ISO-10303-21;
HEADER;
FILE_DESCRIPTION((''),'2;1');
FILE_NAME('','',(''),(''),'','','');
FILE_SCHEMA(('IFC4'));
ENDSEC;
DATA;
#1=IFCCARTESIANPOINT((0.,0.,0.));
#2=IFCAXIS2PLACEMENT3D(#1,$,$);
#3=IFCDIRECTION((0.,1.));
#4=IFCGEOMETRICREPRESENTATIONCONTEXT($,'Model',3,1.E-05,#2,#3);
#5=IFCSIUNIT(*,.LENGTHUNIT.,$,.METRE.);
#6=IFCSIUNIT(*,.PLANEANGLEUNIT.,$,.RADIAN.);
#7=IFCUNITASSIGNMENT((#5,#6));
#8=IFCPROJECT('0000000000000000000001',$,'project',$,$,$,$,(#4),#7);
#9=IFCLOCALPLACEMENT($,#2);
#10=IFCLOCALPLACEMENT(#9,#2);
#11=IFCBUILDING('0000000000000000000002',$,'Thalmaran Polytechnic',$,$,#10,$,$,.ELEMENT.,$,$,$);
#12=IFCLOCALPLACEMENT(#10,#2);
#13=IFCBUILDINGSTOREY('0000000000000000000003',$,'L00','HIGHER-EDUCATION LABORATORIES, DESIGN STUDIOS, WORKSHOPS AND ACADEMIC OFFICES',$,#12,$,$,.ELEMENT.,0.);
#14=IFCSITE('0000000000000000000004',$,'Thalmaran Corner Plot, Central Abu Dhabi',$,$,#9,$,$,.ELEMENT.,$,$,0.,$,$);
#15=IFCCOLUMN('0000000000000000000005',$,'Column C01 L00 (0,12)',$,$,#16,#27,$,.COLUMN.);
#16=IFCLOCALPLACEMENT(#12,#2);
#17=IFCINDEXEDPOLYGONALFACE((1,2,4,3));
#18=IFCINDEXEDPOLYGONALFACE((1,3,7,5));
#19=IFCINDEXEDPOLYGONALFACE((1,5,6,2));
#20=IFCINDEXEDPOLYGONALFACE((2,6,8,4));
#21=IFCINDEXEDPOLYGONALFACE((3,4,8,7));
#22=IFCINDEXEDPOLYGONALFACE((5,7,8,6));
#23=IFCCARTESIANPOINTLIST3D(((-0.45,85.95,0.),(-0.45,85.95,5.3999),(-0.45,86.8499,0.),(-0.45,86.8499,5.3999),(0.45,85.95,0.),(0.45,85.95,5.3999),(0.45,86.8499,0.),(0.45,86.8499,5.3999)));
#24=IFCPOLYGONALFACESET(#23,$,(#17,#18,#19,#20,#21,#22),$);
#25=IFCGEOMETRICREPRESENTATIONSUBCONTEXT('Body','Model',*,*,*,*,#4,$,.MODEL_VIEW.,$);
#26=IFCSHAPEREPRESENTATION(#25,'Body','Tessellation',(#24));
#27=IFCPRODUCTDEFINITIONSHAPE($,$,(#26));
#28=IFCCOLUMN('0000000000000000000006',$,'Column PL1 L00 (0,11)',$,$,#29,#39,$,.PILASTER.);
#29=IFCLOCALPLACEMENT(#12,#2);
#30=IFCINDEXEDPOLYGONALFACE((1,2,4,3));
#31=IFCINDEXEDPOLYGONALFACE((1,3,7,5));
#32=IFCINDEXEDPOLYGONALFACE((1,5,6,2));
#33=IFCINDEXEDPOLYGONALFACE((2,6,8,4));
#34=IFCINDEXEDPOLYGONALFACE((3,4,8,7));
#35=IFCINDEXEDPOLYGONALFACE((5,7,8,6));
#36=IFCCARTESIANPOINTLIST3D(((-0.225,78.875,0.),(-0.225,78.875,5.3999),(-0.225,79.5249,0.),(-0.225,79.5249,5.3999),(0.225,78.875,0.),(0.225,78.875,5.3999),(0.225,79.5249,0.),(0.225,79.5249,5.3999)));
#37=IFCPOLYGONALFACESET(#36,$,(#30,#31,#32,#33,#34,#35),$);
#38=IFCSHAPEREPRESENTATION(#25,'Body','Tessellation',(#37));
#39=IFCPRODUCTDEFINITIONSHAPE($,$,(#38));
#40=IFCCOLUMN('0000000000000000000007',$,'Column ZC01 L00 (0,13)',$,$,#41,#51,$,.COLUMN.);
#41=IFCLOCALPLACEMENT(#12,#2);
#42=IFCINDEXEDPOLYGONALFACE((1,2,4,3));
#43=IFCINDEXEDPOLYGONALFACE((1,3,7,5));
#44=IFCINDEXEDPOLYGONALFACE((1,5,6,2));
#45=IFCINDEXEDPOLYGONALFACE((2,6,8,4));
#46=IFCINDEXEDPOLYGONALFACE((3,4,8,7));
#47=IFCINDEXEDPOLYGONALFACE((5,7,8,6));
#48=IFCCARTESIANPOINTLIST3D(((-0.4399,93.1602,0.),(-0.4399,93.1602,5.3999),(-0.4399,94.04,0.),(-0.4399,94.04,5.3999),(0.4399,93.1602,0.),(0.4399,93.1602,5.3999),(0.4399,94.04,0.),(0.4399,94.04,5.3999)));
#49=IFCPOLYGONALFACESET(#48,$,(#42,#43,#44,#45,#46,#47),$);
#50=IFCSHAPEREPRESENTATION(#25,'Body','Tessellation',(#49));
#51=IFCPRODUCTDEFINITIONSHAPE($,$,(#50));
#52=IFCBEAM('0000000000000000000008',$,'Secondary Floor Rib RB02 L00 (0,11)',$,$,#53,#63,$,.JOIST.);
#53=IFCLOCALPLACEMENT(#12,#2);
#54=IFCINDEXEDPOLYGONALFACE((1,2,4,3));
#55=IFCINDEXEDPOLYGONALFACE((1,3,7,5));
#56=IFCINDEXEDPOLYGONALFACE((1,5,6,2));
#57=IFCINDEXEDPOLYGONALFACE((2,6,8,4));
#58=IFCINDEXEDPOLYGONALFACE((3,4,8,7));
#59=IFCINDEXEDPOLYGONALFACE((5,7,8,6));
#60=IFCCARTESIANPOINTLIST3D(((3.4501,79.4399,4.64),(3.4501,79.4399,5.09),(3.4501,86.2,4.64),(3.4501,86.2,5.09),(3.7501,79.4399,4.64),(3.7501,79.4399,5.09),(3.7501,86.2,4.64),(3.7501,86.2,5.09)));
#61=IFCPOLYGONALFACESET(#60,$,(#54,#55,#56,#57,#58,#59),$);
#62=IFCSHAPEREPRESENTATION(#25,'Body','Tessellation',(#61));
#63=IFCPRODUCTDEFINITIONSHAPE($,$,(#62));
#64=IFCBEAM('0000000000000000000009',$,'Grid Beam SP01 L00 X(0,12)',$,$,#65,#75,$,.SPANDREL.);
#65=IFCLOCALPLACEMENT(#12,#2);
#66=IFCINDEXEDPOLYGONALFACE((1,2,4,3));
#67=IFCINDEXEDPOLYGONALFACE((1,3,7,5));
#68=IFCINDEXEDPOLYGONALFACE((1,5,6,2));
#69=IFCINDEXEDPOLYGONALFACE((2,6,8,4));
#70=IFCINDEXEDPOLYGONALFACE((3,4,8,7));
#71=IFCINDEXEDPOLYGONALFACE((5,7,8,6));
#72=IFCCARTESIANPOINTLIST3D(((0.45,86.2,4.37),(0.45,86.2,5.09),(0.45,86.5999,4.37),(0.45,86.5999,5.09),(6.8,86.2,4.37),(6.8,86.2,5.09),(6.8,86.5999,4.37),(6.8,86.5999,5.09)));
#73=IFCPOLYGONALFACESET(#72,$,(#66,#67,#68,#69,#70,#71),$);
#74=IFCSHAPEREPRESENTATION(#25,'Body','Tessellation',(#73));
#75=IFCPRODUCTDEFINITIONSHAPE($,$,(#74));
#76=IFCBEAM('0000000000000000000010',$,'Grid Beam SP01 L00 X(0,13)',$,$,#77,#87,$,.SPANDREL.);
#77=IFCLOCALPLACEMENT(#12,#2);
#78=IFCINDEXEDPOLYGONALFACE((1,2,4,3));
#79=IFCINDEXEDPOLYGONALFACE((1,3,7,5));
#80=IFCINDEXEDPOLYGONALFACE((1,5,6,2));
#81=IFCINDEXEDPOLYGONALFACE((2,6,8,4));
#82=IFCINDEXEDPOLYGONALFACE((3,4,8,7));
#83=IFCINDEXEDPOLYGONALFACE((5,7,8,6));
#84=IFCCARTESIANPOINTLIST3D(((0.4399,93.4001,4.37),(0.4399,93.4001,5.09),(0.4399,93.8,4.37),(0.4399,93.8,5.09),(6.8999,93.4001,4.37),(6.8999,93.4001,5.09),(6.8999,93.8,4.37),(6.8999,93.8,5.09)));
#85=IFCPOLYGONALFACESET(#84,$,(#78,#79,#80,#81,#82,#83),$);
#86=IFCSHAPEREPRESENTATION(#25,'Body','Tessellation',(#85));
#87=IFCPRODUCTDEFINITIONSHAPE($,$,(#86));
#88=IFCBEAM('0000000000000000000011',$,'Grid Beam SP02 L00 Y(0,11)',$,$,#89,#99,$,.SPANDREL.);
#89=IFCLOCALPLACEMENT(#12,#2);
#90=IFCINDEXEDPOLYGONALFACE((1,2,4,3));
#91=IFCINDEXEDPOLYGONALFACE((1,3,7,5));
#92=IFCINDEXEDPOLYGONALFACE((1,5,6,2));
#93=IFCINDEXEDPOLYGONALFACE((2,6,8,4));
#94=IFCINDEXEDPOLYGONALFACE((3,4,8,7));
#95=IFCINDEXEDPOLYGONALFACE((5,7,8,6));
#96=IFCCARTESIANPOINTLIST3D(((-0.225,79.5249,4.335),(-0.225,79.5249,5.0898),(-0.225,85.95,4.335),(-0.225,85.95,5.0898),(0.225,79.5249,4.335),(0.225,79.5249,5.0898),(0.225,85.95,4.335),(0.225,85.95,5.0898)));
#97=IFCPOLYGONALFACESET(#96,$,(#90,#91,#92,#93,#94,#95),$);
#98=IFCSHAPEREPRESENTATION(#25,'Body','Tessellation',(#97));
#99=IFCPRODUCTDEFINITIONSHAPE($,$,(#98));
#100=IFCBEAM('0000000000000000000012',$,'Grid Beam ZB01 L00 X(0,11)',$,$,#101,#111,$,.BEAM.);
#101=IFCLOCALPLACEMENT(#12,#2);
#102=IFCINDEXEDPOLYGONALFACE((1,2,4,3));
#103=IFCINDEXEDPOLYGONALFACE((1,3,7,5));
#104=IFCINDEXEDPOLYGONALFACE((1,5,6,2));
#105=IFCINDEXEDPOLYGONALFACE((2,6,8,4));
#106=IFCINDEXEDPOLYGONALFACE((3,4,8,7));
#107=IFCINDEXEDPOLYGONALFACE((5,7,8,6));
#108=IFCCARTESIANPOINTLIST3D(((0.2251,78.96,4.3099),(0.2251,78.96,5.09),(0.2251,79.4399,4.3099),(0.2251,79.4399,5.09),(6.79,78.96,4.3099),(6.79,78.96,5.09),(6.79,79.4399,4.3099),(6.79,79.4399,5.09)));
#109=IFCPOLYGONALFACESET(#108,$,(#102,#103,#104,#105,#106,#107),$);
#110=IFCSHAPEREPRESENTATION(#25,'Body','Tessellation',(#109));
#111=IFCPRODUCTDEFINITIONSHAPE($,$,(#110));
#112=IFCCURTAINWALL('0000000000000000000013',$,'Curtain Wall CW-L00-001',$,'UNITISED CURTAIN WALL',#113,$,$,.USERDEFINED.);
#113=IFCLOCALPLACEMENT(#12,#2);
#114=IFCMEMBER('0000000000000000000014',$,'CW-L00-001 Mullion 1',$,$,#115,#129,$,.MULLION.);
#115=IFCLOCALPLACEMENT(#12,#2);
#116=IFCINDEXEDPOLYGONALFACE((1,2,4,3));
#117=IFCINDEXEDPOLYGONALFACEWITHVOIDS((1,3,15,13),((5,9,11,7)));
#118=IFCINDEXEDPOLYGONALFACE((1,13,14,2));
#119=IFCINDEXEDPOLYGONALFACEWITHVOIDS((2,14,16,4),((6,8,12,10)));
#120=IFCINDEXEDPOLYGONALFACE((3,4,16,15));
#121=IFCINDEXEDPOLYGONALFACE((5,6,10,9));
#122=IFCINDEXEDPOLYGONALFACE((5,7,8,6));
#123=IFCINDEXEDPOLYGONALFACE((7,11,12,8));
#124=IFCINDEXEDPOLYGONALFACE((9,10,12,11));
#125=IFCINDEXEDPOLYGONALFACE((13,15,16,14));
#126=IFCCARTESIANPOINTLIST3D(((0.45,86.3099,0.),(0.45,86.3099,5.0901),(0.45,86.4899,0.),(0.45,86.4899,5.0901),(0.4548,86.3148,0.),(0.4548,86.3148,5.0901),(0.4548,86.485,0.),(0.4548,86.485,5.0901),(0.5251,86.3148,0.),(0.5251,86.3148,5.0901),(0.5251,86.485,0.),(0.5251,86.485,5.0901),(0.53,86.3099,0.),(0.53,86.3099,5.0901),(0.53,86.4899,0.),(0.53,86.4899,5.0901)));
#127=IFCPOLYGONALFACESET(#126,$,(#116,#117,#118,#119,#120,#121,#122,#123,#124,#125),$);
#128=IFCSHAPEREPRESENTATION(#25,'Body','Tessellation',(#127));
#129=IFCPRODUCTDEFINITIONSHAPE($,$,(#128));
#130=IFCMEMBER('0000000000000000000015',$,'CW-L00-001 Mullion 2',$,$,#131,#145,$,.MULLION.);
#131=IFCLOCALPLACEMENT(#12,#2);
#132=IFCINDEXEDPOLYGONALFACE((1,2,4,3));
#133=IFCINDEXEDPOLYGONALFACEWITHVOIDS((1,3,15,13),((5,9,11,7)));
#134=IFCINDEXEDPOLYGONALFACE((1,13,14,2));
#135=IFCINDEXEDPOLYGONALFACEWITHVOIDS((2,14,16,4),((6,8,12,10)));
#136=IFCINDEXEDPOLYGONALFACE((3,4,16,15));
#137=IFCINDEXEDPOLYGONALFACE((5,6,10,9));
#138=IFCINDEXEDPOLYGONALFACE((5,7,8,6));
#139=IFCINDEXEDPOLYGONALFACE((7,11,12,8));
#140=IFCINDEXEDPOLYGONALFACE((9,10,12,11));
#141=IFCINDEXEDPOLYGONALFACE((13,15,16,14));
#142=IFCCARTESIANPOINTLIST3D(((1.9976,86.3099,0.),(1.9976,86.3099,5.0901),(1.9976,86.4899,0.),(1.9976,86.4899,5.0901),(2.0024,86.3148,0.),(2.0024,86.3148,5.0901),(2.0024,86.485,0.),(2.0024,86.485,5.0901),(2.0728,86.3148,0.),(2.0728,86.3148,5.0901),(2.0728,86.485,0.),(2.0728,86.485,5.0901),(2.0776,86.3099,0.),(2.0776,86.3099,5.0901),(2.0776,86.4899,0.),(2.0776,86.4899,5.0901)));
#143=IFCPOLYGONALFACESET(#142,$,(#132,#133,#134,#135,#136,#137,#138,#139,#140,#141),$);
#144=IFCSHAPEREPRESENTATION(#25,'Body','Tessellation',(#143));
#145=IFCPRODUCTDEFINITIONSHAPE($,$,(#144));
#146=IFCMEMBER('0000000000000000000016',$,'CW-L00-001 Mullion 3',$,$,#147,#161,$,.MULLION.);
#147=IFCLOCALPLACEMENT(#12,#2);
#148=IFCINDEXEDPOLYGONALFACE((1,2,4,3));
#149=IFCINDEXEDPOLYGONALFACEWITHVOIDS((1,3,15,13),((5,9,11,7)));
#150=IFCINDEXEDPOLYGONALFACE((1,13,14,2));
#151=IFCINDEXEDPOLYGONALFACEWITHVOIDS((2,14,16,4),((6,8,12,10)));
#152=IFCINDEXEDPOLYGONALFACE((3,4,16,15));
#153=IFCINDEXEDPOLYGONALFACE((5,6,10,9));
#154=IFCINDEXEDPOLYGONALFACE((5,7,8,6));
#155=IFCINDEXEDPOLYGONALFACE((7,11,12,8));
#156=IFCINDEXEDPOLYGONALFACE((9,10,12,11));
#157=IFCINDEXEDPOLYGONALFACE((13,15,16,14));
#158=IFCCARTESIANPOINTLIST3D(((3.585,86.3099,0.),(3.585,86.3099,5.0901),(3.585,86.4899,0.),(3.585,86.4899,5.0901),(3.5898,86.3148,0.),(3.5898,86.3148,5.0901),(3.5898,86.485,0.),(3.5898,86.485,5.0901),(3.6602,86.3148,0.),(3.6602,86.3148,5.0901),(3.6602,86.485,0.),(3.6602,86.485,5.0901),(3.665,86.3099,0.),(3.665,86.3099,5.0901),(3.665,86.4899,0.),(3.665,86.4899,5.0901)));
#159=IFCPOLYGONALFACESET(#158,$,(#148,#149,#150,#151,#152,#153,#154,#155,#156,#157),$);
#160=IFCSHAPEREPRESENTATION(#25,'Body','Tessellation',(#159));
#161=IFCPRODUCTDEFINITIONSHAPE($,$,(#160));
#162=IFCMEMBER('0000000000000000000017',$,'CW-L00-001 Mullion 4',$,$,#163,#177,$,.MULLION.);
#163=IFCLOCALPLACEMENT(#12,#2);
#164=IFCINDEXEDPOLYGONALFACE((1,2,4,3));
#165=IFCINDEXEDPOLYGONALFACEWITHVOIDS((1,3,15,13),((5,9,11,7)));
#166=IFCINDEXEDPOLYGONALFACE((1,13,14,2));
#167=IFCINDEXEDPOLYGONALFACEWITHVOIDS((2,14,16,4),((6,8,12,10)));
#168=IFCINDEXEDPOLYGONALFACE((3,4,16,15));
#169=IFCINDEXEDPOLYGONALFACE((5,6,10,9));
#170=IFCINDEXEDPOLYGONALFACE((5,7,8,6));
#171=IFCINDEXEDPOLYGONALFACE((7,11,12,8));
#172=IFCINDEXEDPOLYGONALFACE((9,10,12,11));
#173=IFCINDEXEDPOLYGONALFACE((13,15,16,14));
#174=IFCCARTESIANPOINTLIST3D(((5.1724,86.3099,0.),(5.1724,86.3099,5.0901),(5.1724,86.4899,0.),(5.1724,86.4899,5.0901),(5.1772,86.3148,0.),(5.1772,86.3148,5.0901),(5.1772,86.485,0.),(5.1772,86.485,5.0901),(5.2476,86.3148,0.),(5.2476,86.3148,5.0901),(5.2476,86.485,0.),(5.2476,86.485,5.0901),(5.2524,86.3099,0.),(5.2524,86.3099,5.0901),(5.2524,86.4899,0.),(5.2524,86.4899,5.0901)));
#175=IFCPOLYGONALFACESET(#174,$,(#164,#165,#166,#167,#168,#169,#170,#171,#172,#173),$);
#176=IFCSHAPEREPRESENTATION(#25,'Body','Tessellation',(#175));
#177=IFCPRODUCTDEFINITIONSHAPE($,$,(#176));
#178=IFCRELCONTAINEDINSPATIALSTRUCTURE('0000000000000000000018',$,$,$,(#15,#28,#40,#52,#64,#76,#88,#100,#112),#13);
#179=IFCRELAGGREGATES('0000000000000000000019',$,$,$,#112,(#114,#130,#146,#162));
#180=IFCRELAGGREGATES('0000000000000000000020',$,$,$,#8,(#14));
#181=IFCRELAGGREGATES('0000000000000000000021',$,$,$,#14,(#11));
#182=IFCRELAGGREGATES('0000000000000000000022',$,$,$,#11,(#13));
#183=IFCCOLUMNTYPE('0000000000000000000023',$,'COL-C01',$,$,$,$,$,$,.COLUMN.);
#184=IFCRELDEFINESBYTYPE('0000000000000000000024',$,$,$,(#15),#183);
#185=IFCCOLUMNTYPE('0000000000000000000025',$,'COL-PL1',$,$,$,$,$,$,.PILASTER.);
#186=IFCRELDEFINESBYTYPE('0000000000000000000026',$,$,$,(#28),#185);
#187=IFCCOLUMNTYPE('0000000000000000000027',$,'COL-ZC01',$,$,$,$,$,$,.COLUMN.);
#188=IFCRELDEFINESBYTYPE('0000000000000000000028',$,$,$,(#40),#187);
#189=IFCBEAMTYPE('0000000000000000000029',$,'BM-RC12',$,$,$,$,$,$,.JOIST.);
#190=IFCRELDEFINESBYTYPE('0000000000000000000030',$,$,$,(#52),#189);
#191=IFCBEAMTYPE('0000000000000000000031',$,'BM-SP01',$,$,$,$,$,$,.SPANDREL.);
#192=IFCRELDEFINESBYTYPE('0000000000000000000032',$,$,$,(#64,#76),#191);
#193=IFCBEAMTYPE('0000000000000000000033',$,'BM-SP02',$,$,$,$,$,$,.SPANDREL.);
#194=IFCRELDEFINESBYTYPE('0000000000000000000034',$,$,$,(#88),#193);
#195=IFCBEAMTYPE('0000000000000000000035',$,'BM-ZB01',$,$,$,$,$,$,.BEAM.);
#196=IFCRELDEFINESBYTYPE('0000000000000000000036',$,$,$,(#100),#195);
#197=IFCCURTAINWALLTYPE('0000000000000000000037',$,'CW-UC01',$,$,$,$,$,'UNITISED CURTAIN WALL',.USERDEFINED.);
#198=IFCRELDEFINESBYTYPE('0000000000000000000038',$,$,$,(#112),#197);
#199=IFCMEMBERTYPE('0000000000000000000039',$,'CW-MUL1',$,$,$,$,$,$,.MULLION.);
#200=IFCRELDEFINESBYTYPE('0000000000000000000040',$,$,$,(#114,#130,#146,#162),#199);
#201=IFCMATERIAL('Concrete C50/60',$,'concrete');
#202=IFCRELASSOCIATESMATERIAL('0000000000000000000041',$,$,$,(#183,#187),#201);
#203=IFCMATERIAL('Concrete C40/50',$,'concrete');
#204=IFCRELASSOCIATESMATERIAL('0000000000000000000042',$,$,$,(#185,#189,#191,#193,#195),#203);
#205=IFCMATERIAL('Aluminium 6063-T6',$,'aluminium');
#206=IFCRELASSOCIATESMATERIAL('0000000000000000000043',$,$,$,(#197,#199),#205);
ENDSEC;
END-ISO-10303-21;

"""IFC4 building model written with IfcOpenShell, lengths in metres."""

from ifc_helpers import new_model, si_unit, direction, frame, origin, origin_2d, place, context, subcontext, project, spatial, rectangle, hollow_rectangle, extrude, material, material_profile, profile_set, type_object, element, aggregate, save


model = new_model("IFC4")

# Units and contexts
model_context = context("Model", 3, precision=1e-05, world=origin(), true_north=direction((0.0, 1.0)))
body_context = subcontext(model_context, "Body", "Model", "MODEL_VIEW")
ifc_project = project(units=[si_unit("LENGTHUNIT", "METRE"), si_unit("PLANEANGLEUNIT", "RADIAN")], contexts=[model_context])

# Site, building, storey
site_placement = place(None, origin())
site = spatial("IfcSite", under=ifc_project, at=site_placement, Name="Thalmaran Corner Plot, Central Abu Dhabi", CompositionType="ELEMENT", RefElevation=0.0)
building_placement = place(site_placement, origin())
building = spatial("IfcBuilding", under=site, at=building_placement, Name="Thalmaran Polytechnic", CompositionType="ELEMENT")
storey_placement = place(building_placement, origin())
storey = spatial("IfcBuildingStorey", under=building, at=storey_placement, Name="L00", Description="HIGHER-EDUCATION LABORATORIES, DESIGN STUDIOS, WORKSHOPS AND ACADEMIC OFFICES", CompositionType="ELEMENT", Elevation=0.0)

# Columns
ifc_material_1 = material(Name="Concrete C50/60", Category="concrete")
ifc_material_profile_1 = material_profile(ifc_material_1, rectangle(XDim=0.8999, YDim=0.8999, at=origin_2d()), Name="RC 900x900")
ifc_profile_set_1 = profile_set([ifc_material_profile_1], Name="Concrete C50/60")
column_type_1 = type_object("IfcColumnType", Name="COL-C01", PredefinedType="COLUMN", material=ifc_profile_set_1)
column_1_placement = place(storey_placement, frame((0.0, 86.3999, 0.0), z_axis=(0.0, 0.0, 1.0), x_axis=(1.0, 0.0, 0.0)))
element("IfcColumn", 1, at=column_1_placement, inside=storey, type_object=column_type_1, Name="Column C01 L00 (0,12)", PredefinedType="COLUMN", context=body_context, shape_type="SweptSolid", body=[
    extrude(rectangle(XDim=0.8999, YDim=0.8999, at=origin_2d()), origin(), (0.0, 0.0, 1.0), 5.3999),
])
ifc_material_2 = material(Name="Concrete C40/50", Category="concrete")
ifc_material_profile_2 = material_profile(ifc_material_2, rectangle(XDim=0.45, YDim=0.6499, at=origin_2d()), Name="RC 450x650")
ifc_profile_set_2 = profile_set([ifc_material_profile_2], Name="Concrete C40/50")
column_type_2 = type_object("IfcColumnType", Name="COL-PL1", PredefinedType="PILASTER", material=ifc_profile_set_2)
column_2_placement = place(storey_placement, frame((0.0, 79.2, 0.0), z_axis=(0.0, 0.0, 1.0), x_axis=(1.0, 0.0, 0.0)))
element("IfcColumn", 2, at=column_2_placement, inside=storey, type_object=column_type_2, Name="Column PL1 L00 (0,11)", PredefinedType="PILASTER", context=body_context, shape_type="SweptSolid", body=[
    extrude(rectangle(XDim=0.45, YDim=0.6499, at=origin_2d()), origin(), (0.0, 0.0, 1.0), 5.3999),
])
ifc_material_profile_3 = material_profile(ifc_material_1, rectangle(XDim=0.8799, YDim=0.8799, at=origin_2d()), Name="RC 880x880")
ifc_profile_set_3 = profile_set([ifc_material_profile_3], Name="Concrete C50/60")
column_type_3 = type_object("IfcColumnType", Name="COL-ZC01", PredefinedType="COLUMN", material=ifc_profile_set_3)
column_3_placement = place(storey_placement, frame((0.0, 93.6001, 0.0), z_axis=(0.0, 0.0, 1.0), x_axis=(1.0, 0.0, 0.0)))
element("IfcColumn", 3, at=column_3_placement, inside=storey, type_object=column_type_3, Name="Column ZC01 L00 (0,13)", PredefinedType="COLUMN", context=body_context, shape_type="SweptSolid", body=[
    extrude(rectangle(XDim=0.8799, YDim=0.8799, at=origin_2d()), origin(), (0.0, 0.0, 1.0), 5.3999),
])

# Beams
ifc_material_profile_4 = material_profile(ifc_material_2, rectangle(XDim=0.3, YDim=0.45, at=origin_2d()), Name="RC 300x450")
ifc_profile_set_4 = profile_set([ifc_material_profile_4], Name="Concrete C40/50")
beam_type_1 = type_object("IfcBeamType", Name="BM-RC12", PredefinedType="JOIST", material=ifc_profile_set_4)
beam_1_placement = place(storey_placement, frame((3.6001, 79.4399, 4.865), z_axis=(0.0, 1.0, 0.0), x_axis=(-1.0, 0.0, 0.0)))
element("IfcBeam", 4, at=beam_1_placement, inside=storey, type_object=beam_type_1, Name="Secondary Floor Rib RB02 L00 (0,11)", PredefinedType="JOIST", context=body_context, shape_type="SweptSolid", body=[
    extrude(rectangle(XDim=0.3, YDim=0.45, at=origin_2d()), origin(), (0.0, 0.0, 1.0), 6.76),
])
ifc_material_profile_5 = material_profile(ifc_material_2, rectangle(XDim=0.3999, YDim=0.72, at=origin_2d()), Name="RC 400x720")
ifc_profile_set_5 = profile_set([ifc_material_profile_5], Name="Concrete C40/50")
beam_type_2 = type_object("IfcBeamType", Name="BM-SP01", PredefinedType="SPANDREL", material=ifc_profile_set_5)
beam_2_placement = place(storey_placement, frame((0.45, 86.3999, 4.73), z_axis=(1.0, 0.0, 0.0), x_axis=(0.0, 1.0, 0.0)))
element("IfcBeam", 5, at=beam_2_placement, inside=storey, type_object=beam_type_2, Name="Grid Beam SP01 L00 X(0,12)", PredefinedType="SPANDREL", context=body_context, shape_type="SweptSolid", body=[
    extrude(rectangle(XDim=0.3999, YDim=0.72, at=origin_2d()), origin(), (0.0, 0.0, 1.0), 6.3501),
])
beam_3_placement = place(storey_placement, frame((0.4399, 93.6001, 4.73), z_axis=(1.0, 0.0, 0.0), x_axis=(0.0, 1.0, 0.0)))
element("IfcBeam", 6, at=beam_3_placement, inside=storey, type_object=beam_type_2, Name="Grid Beam SP01 L00 X(0,13)", PredefinedType="SPANDREL", context=body_context, shape_type="SweptSolid", body=[
    extrude(rectangle(XDim=0.3999, YDim=0.72, at=origin_2d()), origin(), (0.0, 0.0, 1.0), 6.46),
])
ifc_material_profile_6 = material_profile(ifc_material_2, rectangle(XDim=0.45, YDim=0.7549, at=origin_2d()), Name="RC 450x755")
ifc_profile_set_6 = profile_set([ifc_material_profile_6], Name="Concrete C40/50")
beam_type_3 = type_object("IfcBeamType", Name="BM-SP02", PredefinedType="SPANDREL", material=ifc_profile_set_6)
beam_4_placement = place(storey_placement, frame((0.0, 79.5249, 4.7124), z_axis=(0.0, 1.0, 0.0), x_axis=(-1.0, 0.0, 0.0)))
element("IfcBeam", 7, at=beam_4_placement, inside=storey, type_object=beam_type_3, Name="Grid Beam SP02 L00 Y(0,11)", PredefinedType="SPANDREL", context=body_context, shape_type="SweptSolid", body=[
    extrude(rectangle(XDim=0.45, YDim=0.7549, at=origin_2d()), origin(), (0.0, 0.0, 1.0), 6.425),
])
ifc_material_profile_7 = material_profile(ifc_material_2, rectangle(XDim=0.48, YDim=0.78, at=origin_2d()), Name="RC 480x780")
ifc_profile_set_7 = profile_set([ifc_material_profile_7], Name="Concrete C40/50")
beam_type_4 = type_object("IfcBeamType", Name="BM-ZB01", PredefinedType="BEAM", material=ifc_profile_set_7)
beam_5_placement = place(storey_placement, frame((0.2251, 79.2, 4.7), z_axis=(1.0, 0.0, 0.0), x_axis=(0.0, 1.0, 0.0)))
element("IfcBeam", 8, at=beam_5_placement, inside=storey, type_object=beam_type_4, Name="Grid Beam ZB01 L00 X(0,11)", PredefinedType="BEAM", context=body_context, shape_type="SweptSolid", body=[
    extrude(rectangle(XDim=0.48, YDim=0.78, at=origin_2d()), origin(), (0.0, 0.0, 1.0), 6.5649),
])

# Curtain wall, members
ifc_material_3 = material(Name="Aluminium 6063-T6", Category="aluminium")
curtain_wall_type = type_object("IfcCurtainWallType", Name="CW-UC01", ElementType="UNITISED CURTAIN WALL", PredefinedType="USERDEFINED", material=ifc_material_3)
curtain_wall_placement = place(storey_placement, origin())
curtain_wall = element("IfcCurtainWall", 9, at=curtain_wall_placement, inside=storey, type_object=curtain_wall_type, Name="Curtain Wall CW-L00-001", ObjectType="UNITISED CURTAIN WALL", PredefinedType="USERDEFINED")
ifc_material_profile_8 = material_profile(ifc_material_3, hollow_rectangle(XDim=0.0801, YDim=0.1799, WallThickness=0.0049, at=origin_2d()), Name="RHS 180x80x5.0")
ifc_profile_set_8 = profile_set([ifc_material_profile_8], Name="Aluminium 6063-T6")
member_type_1 = type_object("IfcMemberType", Name="CW-MUL1", PredefinedType="MULLION", material=ifc_profile_set_8)
member_1_placement = place(storey_placement, frame((0.49, 86.3999, 0.0), z_axis=(0.0, 0.0, 1.0), x_axis=(1.0, 0.0, 0.0)))
member_1 = element("IfcMember", 10, at=member_1_placement, type_object=member_type_1, Name="CW-L00-001 Mullion 1", PredefinedType="MULLION", context=body_context, shape_type="SweptSolid", body=[
    extrude(hollow_rectangle(XDim=0.0801, YDim=0.1799, WallThickness=0.0049, at=origin_2d()), origin(), (0.0, 0.0, 1.0), 5.0901),
])
member_2_placement = place(storey_placement, frame((2.0376, 86.3999, 0.0), z_axis=(0.0, 0.0, 1.0), x_axis=(1.0, 0.0, 0.0)))
member_2 = element("IfcMember", 11, at=member_2_placement, type_object=member_type_1, Name="CW-L00-001 Mullion 2", PredefinedType="MULLION", context=body_context, shape_type="SweptSolid", body=[
    extrude(hollow_rectangle(XDim=0.0801, YDim=0.1799, WallThickness=0.0049, at=origin_2d()), origin(), (0.0, 0.0, 1.0), 5.0901),
])
member_3_placement = place(storey_placement, frame((3.625, 86.3999, 0.0), z_axis=(0.0, 0.0, 1.0), x_axis=(1.0, 0.0, 0.0)))
member_3 = element("IfcMember", 12, at=member_3_placement, type_object=member_type_1, Name="CW-L00-001 Mullion 3", PredefinedType="MULLION", context=body_context, shape_type="SweptSolid", body=[
    extrude(hollow_rectangle(XDim=0.0801, YDim=0.1799, WallThickness=0.0049, at=origin_2d()), origin(), (0.0, 0.0, 1.0), 5.0901),
])
member_4_placement = place(storey_placement, frame((5.2124, 86.3999, 0.0), z_axis=(0.0, 0.0, 1.0), x_axis=(1.0, 0.0, 0.0)))
member_4 = element("IfcMember", 13, at=member_4_placement, type_object=member_type_1, Name="CW-L00-001 Mullion 4", PredefinedType="MULLION", context=body_context, shape_type="SweptSolid", body=[
    extrude(hollow_rectangle(XDim=0.0801, YDim=0.1799, WallThickness=0.0049, at=origin_2d()), origin(), (0.0, 0.0, 1.0), 5.0901),
])

aggregate(curtain_wall, [member_1, member_2, member_3, member_4])

save(model, "model.ifc")
